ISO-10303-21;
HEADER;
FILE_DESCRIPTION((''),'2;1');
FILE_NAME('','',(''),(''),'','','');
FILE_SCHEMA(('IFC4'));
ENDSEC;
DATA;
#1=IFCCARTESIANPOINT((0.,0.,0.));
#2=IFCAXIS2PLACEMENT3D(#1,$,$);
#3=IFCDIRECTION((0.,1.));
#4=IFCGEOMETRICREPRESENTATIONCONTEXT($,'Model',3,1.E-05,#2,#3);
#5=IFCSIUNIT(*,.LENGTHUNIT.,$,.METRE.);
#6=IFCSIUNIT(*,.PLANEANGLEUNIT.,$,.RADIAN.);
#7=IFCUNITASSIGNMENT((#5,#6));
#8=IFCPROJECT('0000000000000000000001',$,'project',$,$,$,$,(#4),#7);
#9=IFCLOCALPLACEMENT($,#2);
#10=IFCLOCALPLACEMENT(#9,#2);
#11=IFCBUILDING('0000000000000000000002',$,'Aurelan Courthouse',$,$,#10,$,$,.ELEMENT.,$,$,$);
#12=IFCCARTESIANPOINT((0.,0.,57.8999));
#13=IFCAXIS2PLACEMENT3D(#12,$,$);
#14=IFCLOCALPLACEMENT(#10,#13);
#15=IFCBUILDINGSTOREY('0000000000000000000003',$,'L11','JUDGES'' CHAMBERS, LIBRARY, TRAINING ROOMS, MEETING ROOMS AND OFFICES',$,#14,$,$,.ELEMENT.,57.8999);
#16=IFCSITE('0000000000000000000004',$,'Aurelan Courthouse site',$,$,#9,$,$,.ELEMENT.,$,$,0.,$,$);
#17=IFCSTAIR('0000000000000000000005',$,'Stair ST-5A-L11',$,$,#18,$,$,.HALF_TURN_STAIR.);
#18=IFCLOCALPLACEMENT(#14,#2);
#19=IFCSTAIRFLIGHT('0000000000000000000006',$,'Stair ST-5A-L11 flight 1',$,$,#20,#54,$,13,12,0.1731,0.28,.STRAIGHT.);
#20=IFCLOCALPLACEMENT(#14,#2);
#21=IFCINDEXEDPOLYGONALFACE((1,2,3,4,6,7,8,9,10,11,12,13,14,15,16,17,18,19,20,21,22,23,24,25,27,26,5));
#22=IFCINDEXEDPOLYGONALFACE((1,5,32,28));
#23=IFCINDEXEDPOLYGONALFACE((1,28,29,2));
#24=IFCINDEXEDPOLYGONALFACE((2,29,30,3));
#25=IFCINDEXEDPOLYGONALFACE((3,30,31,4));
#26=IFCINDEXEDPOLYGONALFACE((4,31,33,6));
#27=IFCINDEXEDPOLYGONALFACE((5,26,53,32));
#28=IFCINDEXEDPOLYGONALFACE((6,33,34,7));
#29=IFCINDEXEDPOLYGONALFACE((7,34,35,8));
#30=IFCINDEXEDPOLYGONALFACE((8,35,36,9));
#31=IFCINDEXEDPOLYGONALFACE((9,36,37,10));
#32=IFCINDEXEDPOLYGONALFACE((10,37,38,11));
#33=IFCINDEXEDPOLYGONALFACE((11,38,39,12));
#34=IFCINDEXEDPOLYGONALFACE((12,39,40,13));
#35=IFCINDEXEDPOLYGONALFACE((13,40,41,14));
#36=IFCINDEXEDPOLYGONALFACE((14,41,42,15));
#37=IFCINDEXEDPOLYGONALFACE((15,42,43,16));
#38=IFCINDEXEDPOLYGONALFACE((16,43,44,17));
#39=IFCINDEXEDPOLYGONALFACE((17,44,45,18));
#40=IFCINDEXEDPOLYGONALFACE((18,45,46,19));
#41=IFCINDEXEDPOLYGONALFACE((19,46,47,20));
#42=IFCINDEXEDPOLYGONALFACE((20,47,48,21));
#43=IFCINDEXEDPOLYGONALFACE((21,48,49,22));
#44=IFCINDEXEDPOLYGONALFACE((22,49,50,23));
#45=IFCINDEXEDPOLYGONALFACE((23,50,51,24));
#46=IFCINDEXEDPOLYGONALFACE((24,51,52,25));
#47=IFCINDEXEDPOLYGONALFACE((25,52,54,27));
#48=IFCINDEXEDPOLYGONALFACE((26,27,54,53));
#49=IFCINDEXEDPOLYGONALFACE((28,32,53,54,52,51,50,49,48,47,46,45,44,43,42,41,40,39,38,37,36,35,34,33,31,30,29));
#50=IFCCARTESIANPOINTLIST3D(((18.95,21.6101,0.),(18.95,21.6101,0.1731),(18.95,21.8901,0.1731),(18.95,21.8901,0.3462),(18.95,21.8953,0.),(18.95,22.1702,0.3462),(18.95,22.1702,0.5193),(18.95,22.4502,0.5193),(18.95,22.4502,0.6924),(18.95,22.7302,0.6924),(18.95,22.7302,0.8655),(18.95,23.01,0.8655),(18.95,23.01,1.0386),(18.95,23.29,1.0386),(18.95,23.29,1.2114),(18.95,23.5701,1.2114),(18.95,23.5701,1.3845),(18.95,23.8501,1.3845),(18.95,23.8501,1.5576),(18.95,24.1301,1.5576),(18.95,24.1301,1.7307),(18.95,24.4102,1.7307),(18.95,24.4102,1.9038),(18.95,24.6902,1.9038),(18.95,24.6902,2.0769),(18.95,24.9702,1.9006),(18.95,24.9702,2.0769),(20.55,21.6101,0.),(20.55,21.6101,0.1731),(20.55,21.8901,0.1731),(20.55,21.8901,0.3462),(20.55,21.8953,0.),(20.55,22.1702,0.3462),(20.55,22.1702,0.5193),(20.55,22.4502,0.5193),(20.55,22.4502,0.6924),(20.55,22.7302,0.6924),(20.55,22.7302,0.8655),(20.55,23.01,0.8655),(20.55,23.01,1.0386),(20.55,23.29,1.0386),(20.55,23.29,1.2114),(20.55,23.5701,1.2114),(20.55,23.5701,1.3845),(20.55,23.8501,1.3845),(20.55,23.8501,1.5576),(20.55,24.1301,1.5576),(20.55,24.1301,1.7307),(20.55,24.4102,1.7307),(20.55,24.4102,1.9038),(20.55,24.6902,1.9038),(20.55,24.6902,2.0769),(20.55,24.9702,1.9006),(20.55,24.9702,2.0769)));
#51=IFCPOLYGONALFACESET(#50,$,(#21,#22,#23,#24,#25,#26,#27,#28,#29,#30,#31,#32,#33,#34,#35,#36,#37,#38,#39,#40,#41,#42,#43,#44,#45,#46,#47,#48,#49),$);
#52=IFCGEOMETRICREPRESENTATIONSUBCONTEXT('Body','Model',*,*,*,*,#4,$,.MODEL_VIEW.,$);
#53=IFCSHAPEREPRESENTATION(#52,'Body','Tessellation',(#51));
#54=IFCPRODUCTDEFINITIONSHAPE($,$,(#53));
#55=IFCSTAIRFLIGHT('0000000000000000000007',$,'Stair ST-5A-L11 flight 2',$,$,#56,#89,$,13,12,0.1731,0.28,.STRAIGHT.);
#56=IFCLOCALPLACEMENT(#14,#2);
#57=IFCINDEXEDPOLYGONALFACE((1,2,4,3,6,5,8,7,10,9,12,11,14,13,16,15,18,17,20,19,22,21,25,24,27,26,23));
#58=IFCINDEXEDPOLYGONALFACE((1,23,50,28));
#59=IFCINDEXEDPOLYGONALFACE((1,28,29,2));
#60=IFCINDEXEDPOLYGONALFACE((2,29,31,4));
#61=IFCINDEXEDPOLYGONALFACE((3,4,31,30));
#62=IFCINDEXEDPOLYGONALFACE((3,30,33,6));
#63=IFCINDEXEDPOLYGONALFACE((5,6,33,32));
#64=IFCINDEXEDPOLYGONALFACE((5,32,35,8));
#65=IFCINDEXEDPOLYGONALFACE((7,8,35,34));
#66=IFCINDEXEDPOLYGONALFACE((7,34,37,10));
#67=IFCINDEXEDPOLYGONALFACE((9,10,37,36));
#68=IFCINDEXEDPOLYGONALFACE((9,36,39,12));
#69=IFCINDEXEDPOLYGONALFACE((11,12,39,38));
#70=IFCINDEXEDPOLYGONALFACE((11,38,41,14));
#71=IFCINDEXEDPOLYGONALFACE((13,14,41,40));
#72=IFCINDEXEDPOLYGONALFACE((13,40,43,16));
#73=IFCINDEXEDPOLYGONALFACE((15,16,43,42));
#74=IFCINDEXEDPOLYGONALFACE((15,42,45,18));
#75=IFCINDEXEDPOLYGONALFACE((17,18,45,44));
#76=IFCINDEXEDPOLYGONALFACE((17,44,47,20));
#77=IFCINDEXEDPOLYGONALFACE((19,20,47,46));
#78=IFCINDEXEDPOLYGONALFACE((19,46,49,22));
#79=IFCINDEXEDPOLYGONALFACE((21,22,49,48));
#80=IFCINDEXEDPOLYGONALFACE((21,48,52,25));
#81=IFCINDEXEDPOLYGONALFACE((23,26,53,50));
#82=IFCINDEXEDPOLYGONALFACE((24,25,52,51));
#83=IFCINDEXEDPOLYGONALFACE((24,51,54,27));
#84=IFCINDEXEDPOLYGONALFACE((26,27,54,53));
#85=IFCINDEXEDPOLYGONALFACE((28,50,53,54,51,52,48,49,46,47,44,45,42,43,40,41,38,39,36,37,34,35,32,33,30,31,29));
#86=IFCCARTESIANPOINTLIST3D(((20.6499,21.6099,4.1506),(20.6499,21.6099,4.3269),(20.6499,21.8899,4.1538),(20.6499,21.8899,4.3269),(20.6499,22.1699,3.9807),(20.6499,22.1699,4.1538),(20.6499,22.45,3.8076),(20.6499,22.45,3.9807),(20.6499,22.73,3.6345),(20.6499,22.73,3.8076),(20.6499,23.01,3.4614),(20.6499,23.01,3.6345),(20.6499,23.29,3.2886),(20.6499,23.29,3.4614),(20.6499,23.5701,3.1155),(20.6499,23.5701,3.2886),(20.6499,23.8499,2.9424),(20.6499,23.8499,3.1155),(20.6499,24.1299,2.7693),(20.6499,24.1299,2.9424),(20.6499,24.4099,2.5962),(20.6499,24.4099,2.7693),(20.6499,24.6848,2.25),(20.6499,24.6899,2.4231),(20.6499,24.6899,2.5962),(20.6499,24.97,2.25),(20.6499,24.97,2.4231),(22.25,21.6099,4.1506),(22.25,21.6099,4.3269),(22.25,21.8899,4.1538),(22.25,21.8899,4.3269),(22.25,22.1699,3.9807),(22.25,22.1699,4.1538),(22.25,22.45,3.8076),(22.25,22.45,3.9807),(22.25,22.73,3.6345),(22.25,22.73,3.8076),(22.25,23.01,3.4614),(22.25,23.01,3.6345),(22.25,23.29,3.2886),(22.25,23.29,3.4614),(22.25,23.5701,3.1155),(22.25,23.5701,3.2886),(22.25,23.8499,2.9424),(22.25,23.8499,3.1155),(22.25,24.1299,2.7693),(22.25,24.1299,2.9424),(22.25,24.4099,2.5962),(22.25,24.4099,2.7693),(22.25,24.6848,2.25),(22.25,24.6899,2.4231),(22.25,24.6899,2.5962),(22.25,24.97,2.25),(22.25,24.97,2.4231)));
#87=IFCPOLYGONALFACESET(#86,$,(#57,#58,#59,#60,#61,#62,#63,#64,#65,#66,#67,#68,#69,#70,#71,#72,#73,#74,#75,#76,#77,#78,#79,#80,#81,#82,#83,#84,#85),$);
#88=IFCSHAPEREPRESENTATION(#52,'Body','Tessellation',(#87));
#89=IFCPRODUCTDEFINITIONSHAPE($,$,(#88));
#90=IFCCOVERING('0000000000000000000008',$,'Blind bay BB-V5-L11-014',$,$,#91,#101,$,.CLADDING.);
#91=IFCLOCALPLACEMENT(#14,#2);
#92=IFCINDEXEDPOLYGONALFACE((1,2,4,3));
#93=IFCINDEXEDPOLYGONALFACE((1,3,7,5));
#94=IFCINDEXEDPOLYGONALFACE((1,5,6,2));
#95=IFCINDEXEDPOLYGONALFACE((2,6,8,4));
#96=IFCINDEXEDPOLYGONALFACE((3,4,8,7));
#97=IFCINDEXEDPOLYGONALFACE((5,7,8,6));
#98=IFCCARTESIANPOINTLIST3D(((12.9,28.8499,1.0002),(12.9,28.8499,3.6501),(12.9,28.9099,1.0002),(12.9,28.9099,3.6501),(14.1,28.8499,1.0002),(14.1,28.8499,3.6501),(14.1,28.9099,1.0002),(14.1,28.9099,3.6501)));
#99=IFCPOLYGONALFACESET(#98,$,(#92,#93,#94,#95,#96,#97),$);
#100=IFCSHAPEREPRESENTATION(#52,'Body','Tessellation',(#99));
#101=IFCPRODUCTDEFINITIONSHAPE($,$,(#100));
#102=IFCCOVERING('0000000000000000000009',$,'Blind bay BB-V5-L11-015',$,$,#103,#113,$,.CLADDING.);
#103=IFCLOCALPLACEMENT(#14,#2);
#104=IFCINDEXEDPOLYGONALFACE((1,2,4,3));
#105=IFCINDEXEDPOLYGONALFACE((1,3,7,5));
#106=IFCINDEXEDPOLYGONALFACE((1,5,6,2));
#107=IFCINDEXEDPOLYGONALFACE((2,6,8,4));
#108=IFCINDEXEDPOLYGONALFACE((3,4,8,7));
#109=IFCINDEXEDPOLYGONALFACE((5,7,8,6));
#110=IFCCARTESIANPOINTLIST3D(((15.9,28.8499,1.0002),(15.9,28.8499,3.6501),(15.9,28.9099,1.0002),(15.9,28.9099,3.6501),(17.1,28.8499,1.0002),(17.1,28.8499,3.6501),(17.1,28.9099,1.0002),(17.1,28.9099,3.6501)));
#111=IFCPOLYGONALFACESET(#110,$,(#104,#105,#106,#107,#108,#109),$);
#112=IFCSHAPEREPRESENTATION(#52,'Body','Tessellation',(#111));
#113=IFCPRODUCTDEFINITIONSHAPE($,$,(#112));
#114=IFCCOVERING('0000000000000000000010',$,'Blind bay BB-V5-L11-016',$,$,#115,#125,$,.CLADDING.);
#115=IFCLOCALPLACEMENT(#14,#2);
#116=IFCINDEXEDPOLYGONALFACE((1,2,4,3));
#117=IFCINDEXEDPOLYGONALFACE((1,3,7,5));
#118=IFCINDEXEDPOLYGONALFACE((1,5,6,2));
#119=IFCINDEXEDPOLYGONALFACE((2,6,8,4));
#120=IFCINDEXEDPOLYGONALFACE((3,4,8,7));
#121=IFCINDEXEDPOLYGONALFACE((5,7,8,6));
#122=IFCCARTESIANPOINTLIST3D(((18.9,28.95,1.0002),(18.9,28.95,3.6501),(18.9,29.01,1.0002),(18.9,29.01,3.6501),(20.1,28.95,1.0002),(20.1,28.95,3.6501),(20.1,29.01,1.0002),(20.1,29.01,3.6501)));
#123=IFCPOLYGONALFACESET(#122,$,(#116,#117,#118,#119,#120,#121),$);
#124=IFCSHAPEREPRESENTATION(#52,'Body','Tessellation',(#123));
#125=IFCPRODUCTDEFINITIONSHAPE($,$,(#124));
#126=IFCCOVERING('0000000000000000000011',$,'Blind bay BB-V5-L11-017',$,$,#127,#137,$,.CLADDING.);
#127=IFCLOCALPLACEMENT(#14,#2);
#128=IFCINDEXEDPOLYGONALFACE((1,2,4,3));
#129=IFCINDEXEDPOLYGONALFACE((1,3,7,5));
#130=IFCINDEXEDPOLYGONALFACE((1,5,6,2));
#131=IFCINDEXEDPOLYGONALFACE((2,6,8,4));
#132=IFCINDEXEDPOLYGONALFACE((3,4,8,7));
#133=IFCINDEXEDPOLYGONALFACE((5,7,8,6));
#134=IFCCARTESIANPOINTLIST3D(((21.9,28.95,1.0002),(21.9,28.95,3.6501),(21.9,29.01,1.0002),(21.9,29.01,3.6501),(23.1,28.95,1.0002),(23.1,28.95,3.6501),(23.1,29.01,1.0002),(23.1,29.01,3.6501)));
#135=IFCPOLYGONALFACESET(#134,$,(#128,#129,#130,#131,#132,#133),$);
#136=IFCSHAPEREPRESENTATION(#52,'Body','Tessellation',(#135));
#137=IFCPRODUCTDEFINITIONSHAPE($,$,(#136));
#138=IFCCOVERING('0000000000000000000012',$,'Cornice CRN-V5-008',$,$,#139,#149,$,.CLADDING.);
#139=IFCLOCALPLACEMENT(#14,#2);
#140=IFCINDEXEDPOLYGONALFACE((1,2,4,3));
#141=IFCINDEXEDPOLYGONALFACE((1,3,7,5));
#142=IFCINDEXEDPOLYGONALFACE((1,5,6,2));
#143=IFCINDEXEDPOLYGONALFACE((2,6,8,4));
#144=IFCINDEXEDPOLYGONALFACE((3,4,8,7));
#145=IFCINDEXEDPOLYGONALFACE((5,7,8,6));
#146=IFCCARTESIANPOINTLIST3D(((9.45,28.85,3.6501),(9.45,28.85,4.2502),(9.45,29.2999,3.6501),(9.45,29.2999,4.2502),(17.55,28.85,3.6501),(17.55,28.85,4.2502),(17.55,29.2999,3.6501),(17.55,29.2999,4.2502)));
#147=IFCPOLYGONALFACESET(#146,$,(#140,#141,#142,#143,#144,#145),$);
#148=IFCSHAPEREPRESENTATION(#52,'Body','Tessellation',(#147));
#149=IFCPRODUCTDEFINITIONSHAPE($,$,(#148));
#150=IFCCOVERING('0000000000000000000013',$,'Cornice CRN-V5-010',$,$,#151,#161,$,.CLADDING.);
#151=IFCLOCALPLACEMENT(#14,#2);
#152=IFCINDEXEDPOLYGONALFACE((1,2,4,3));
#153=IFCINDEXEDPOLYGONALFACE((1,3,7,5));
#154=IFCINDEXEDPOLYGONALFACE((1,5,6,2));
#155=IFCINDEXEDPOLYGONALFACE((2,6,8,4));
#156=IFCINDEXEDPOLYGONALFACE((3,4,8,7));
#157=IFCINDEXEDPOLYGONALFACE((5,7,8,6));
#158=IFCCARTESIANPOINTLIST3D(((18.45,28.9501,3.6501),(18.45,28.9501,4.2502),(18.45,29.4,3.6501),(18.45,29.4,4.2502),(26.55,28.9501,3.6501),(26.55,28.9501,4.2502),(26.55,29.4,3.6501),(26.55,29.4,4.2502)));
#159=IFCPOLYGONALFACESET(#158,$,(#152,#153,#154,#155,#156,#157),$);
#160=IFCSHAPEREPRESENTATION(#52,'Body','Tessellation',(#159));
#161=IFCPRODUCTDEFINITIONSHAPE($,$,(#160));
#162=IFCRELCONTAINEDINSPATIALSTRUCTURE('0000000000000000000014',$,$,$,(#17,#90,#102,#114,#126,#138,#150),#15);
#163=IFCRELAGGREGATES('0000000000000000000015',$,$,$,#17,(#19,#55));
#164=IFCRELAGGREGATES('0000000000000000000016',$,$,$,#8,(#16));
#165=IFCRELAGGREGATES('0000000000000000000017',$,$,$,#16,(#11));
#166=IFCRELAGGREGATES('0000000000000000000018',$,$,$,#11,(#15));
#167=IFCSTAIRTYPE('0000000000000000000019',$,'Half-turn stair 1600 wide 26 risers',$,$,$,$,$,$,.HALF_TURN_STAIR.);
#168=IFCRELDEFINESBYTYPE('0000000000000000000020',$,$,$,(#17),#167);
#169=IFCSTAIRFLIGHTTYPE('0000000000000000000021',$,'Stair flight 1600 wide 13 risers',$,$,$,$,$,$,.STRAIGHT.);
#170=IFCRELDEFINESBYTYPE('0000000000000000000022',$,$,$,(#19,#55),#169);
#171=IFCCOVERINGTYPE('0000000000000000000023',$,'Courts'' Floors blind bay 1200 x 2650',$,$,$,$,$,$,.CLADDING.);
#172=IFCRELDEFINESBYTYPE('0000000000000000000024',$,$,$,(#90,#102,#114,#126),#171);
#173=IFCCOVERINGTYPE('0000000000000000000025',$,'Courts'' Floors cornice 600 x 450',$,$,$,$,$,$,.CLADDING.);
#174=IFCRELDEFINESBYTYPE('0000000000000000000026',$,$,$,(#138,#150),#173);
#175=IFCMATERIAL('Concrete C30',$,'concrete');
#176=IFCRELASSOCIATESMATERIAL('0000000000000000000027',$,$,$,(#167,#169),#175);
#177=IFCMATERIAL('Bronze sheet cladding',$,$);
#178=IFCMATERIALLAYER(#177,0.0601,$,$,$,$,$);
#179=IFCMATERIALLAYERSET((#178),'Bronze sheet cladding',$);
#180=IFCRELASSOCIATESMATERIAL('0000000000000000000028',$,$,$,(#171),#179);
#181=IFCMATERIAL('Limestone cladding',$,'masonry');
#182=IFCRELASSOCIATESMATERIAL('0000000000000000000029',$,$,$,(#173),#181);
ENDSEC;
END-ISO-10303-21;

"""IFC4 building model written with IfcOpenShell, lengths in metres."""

from ifc_helpers import new_model, si_unit, direction, frame, origin, origin_2d, place, context, subcontext, project, spatial, polyline, rectangle, outline, extrude, material, layer, layer_set, type_object, element, aggregate, save


model = new_model("IFC4")

# Units and contexts
model_context = context("Model", 3, precision=1e-05, world=origin(), true_north=direction((0.0, 1.0)))
body_context = subcontext(model_context, "Body", "Model", "MODEL_VIEW")
ifc_project = project(units=[si_unit("LENGTHUNIT", "METRE"), si_unit("PLANEANGLEUNIT", "RADIAN")], contexts=[model_context])

# Site, building, storey
site_placement = place(None, origin())
site = spatial("IfcSite", under=ifc_project, at=site_placement, Name="Aurelan Courthouse site", CompositionType="ELEMENT", RefElevation=0.0)
building_placement = place(site_placement, origin())
building = spatial("IfcBuilding", under=site, at=building_placement, Name="Aurelan Courthouse", CompositionType="ELEMENT")
storey_placement = place(building_placement, frame((0.0, 0.0, 57.8999)))
storey = spatial("IfcBuildingStorey", under=building, at=storey_placement, Name="L11", Description="JUDGES' CHAMBERS, LIBRARY, TRAINING ROOMS, MEETING ROOMS AND OFFICES", CompositionType="ELEMENT", Elevation=57.8999)

# Shared definitions
ifc_material_1 = material(Name="Limestone cladding", Category="masonry")
ifc_material_2 = material(Name="Concrete C30", Category="concrete")

# Stair, stair flights
stair_type = type_object("IfcStairType", Name="Half-turn stair 1600 wide 26 risers", PredefinedType="HALF_TURN_STAIR", material=ifc_material_2)
stair_placement = place(storey_placement, origin())
stair = element("IfcStair", 1, at=stair_placement, inside=storey, type_object=stair_type, Name="Stair ST-5A-L11", PredefinedType="HALF_TURN_STAIR")
stair_flight_type = type_object("IfcStairFlightType", Name="Stair flight 1600 wide 13 risers", PredefinedType="STRAIGHT", material=ifc_material_2)
stair_flight_1_placement = place(storey_placement, frame((19.75, 21.6101, 0.0), z_axis=(0.0, 0.0, 1.0), x_axis=(0.0, 1.0, 0.0)))
stair_flight_1 = element("IfcStairFlight", 2, at=stair_flight_1_placement, type_object=stair_flight_type, Name="Stair ST-5A-L11 flight 1", NumberOfRisers=13, NumberOfTreads=12, PredefinedType="STRAIGHT", RiserHeight=0.1731, TreadLength=0.28, context=body_context, shape_type="SweptSolid", body=[
    extrude(outline(polyline([(0.0, 0.0), (0.0, 0.1731), (0.28, 0.1731), (0.28, 0.3462), (0.5601, 0.3462), (0.5601, 0.5193), (0.8401, 0.5193), (0.8401, 0.6924), (1.1201, 0.6924), (1.1201, 0.8655), (1.3999, 0.8655), (1.3999, 1.0386), (1.6799, 1.0386), (1.6799, 1.2114), (1.96, 1.2114), (1.96, 1.3845), (2.24, 1.3845), (2.24, 1.5576), (2.52, 1.5576), (2.52, 1.7307), (2.8, 1.7307), (2.8, 1.9038), (3.0801, 1.9038), (3.0801, 2.0769), (3.3601, 2.0769), (3.3601, 2.25), (3.3601, 1.9006), (0.2852, 0.0), (0.0, 0.0)])), frame((0.0, 0.8, 0.0), z_axis=(0.0, -1.0, 0.0), x_axis=(1.0, 0.0, 0.0)), (0.0, 0.0, 1.0), 1.6001),
])
stair_flight_2_placement = place(storey_placement, frame((21.45, 24.97, 2.25), z_axis=(0.0, 0.0, 1.0), x_axis=(0.0, -1.0, 0.0)))
stair_flight_2 = element("IfcStairFlight", 3, at=stair_flight_2_placement, type_object=stair_flight_type, Name="Stair ST-5A-L11 flight 2", NumberOfRisers=13, NumberOfTreads=12, PredefinedType="STRAIGHT", RiserHeight=0.1731, TreadLength=0.28, context=body_context, shape_type="SweptSolid", body=[
    extrude(outline(polyline([(0.0, 0.0), (0.0, 0.1731), (0.28, 0.1731), (0.28, 0.3462), (0.5601, 0.3462), (0.5601, 0.5193), (0.8401, 0.5193), (0.8401, 0.6924), (1.1201, 0.6924), (1.1201, 0.8655), (1.3999, 0.8655), (1.3999, 1.0386), (1.6799, 1.0386), (1.6799, 1.2114), (1.96, 1.2114), (1.96, 1.3845), (2.24, 1.3845), (2.24, 1.5576), (2.52, 1.5576), (2.52, 1.7307), (2.8, 1.7307), (2.8, 1.9038), (3.0801, 1.9038), (3.0801, 2.0769), (3.3601, 2.0769), (3.3601, 2.25), (3.3601, 1.9006), (0.2852, 0.0), (0.0, 0.0)])), frame((0.0, 0.8, 0.0), z_axis=(0.0, -1.0, 0.0), x_axis=(1.0, 0.0, 0.0)), (0.0, 0.0, 1.0), 1.6001),
])
aggregate(stair, [stair_flight_1, stair_flight_2])

# Coverings
ifc_material_3 = material(Name="Bronze sheet cladding")
ifc_layer_1 = layer(ifc_material_3, 0.0601)
ifc_layer_set_1 = layer_set([ifc_layer_1], Name="Bronze sheet cladding")
covering_type_1 = type_object("IfcCoveringType", Name="Courts' Floors blind bay 1200 x 2650", PredefinedType="CLADDING", material=ifc_layer_set_1)
for number, where, z_axis, x_axis, name in (
    (4, (13.5, 28.8799, 1.0002), (0.0, 0.0, 1.0), (1.0, 0.0, 0.0), "Blind bay BB-V5-L11-014"),
    (5, (16.5, 28.8799, 1.0002), (0.0, 0.0, 1.0), (1.0, 0.0, 0.0), "Blind bay BB-V5-L11-015"),
    (6, (19.5, 28.98, 1.0002), (0.0, 0.0, 1.0), (1.0, 0.0, 0.0), "Blind bay BB-V5-L11-016"),
    (7, (22.5, 28.98, 1.0002), (0.0, 0.0, 1.0), (1.0, 0.0, 0.0), "Blind bay BB-V5-L11-017"),
):
    element("IfcCovering", number, at=place(storey_placement, frame(where, z_axis=z_axis, x_axis=x_axis)), inside=storey, type_object=covering_type_1, Name=name, PredefinedType="CLADDING", context=body_context, shape_type="SweptSolid", body=[
        extrude(rectangle(XDim=1.2, YDim=0.0601, at=origin_2d()), origin(), (0.0, 0.0, 1.0), 2.6499),
    ])
covering_type_2 = type_object("IfcCoveringType", Name="Courts' Floors cornice 600 x 450", PredefinedType="CLADDING", material=ifc_material_1)
for number, where, z_axis, x_axis, name in (
    (8, (13.5, 29.075, 3.6501), (0.0, 0.0, 1.0), (1.0, 0.0, 0.0), "Cornice CRN-V5-008"),
    (9, (22.5, 29.175, 3.6501), (0.0, 0.0, 1.0), (1.0, 0.0, 0.0), "Cornice CRN-V5-010"),
):
    element("IfcCovering", number, at=place(storey_placement, frame(where, z_axis=z_axis, x_axis=x_axis)), inside=storey, type_object=covering_type_2, Name=name, PredefinedType="CLADDING", context=body_context, shape_type="SweptSolid", body=[
        extrude(rectangle(XDim=8.1001, YDim=0.45, at=origin_2d()), origin(), (0.0, 0.0, 1.0), 0.6001),
    ])

save(model, "model.ifc")
